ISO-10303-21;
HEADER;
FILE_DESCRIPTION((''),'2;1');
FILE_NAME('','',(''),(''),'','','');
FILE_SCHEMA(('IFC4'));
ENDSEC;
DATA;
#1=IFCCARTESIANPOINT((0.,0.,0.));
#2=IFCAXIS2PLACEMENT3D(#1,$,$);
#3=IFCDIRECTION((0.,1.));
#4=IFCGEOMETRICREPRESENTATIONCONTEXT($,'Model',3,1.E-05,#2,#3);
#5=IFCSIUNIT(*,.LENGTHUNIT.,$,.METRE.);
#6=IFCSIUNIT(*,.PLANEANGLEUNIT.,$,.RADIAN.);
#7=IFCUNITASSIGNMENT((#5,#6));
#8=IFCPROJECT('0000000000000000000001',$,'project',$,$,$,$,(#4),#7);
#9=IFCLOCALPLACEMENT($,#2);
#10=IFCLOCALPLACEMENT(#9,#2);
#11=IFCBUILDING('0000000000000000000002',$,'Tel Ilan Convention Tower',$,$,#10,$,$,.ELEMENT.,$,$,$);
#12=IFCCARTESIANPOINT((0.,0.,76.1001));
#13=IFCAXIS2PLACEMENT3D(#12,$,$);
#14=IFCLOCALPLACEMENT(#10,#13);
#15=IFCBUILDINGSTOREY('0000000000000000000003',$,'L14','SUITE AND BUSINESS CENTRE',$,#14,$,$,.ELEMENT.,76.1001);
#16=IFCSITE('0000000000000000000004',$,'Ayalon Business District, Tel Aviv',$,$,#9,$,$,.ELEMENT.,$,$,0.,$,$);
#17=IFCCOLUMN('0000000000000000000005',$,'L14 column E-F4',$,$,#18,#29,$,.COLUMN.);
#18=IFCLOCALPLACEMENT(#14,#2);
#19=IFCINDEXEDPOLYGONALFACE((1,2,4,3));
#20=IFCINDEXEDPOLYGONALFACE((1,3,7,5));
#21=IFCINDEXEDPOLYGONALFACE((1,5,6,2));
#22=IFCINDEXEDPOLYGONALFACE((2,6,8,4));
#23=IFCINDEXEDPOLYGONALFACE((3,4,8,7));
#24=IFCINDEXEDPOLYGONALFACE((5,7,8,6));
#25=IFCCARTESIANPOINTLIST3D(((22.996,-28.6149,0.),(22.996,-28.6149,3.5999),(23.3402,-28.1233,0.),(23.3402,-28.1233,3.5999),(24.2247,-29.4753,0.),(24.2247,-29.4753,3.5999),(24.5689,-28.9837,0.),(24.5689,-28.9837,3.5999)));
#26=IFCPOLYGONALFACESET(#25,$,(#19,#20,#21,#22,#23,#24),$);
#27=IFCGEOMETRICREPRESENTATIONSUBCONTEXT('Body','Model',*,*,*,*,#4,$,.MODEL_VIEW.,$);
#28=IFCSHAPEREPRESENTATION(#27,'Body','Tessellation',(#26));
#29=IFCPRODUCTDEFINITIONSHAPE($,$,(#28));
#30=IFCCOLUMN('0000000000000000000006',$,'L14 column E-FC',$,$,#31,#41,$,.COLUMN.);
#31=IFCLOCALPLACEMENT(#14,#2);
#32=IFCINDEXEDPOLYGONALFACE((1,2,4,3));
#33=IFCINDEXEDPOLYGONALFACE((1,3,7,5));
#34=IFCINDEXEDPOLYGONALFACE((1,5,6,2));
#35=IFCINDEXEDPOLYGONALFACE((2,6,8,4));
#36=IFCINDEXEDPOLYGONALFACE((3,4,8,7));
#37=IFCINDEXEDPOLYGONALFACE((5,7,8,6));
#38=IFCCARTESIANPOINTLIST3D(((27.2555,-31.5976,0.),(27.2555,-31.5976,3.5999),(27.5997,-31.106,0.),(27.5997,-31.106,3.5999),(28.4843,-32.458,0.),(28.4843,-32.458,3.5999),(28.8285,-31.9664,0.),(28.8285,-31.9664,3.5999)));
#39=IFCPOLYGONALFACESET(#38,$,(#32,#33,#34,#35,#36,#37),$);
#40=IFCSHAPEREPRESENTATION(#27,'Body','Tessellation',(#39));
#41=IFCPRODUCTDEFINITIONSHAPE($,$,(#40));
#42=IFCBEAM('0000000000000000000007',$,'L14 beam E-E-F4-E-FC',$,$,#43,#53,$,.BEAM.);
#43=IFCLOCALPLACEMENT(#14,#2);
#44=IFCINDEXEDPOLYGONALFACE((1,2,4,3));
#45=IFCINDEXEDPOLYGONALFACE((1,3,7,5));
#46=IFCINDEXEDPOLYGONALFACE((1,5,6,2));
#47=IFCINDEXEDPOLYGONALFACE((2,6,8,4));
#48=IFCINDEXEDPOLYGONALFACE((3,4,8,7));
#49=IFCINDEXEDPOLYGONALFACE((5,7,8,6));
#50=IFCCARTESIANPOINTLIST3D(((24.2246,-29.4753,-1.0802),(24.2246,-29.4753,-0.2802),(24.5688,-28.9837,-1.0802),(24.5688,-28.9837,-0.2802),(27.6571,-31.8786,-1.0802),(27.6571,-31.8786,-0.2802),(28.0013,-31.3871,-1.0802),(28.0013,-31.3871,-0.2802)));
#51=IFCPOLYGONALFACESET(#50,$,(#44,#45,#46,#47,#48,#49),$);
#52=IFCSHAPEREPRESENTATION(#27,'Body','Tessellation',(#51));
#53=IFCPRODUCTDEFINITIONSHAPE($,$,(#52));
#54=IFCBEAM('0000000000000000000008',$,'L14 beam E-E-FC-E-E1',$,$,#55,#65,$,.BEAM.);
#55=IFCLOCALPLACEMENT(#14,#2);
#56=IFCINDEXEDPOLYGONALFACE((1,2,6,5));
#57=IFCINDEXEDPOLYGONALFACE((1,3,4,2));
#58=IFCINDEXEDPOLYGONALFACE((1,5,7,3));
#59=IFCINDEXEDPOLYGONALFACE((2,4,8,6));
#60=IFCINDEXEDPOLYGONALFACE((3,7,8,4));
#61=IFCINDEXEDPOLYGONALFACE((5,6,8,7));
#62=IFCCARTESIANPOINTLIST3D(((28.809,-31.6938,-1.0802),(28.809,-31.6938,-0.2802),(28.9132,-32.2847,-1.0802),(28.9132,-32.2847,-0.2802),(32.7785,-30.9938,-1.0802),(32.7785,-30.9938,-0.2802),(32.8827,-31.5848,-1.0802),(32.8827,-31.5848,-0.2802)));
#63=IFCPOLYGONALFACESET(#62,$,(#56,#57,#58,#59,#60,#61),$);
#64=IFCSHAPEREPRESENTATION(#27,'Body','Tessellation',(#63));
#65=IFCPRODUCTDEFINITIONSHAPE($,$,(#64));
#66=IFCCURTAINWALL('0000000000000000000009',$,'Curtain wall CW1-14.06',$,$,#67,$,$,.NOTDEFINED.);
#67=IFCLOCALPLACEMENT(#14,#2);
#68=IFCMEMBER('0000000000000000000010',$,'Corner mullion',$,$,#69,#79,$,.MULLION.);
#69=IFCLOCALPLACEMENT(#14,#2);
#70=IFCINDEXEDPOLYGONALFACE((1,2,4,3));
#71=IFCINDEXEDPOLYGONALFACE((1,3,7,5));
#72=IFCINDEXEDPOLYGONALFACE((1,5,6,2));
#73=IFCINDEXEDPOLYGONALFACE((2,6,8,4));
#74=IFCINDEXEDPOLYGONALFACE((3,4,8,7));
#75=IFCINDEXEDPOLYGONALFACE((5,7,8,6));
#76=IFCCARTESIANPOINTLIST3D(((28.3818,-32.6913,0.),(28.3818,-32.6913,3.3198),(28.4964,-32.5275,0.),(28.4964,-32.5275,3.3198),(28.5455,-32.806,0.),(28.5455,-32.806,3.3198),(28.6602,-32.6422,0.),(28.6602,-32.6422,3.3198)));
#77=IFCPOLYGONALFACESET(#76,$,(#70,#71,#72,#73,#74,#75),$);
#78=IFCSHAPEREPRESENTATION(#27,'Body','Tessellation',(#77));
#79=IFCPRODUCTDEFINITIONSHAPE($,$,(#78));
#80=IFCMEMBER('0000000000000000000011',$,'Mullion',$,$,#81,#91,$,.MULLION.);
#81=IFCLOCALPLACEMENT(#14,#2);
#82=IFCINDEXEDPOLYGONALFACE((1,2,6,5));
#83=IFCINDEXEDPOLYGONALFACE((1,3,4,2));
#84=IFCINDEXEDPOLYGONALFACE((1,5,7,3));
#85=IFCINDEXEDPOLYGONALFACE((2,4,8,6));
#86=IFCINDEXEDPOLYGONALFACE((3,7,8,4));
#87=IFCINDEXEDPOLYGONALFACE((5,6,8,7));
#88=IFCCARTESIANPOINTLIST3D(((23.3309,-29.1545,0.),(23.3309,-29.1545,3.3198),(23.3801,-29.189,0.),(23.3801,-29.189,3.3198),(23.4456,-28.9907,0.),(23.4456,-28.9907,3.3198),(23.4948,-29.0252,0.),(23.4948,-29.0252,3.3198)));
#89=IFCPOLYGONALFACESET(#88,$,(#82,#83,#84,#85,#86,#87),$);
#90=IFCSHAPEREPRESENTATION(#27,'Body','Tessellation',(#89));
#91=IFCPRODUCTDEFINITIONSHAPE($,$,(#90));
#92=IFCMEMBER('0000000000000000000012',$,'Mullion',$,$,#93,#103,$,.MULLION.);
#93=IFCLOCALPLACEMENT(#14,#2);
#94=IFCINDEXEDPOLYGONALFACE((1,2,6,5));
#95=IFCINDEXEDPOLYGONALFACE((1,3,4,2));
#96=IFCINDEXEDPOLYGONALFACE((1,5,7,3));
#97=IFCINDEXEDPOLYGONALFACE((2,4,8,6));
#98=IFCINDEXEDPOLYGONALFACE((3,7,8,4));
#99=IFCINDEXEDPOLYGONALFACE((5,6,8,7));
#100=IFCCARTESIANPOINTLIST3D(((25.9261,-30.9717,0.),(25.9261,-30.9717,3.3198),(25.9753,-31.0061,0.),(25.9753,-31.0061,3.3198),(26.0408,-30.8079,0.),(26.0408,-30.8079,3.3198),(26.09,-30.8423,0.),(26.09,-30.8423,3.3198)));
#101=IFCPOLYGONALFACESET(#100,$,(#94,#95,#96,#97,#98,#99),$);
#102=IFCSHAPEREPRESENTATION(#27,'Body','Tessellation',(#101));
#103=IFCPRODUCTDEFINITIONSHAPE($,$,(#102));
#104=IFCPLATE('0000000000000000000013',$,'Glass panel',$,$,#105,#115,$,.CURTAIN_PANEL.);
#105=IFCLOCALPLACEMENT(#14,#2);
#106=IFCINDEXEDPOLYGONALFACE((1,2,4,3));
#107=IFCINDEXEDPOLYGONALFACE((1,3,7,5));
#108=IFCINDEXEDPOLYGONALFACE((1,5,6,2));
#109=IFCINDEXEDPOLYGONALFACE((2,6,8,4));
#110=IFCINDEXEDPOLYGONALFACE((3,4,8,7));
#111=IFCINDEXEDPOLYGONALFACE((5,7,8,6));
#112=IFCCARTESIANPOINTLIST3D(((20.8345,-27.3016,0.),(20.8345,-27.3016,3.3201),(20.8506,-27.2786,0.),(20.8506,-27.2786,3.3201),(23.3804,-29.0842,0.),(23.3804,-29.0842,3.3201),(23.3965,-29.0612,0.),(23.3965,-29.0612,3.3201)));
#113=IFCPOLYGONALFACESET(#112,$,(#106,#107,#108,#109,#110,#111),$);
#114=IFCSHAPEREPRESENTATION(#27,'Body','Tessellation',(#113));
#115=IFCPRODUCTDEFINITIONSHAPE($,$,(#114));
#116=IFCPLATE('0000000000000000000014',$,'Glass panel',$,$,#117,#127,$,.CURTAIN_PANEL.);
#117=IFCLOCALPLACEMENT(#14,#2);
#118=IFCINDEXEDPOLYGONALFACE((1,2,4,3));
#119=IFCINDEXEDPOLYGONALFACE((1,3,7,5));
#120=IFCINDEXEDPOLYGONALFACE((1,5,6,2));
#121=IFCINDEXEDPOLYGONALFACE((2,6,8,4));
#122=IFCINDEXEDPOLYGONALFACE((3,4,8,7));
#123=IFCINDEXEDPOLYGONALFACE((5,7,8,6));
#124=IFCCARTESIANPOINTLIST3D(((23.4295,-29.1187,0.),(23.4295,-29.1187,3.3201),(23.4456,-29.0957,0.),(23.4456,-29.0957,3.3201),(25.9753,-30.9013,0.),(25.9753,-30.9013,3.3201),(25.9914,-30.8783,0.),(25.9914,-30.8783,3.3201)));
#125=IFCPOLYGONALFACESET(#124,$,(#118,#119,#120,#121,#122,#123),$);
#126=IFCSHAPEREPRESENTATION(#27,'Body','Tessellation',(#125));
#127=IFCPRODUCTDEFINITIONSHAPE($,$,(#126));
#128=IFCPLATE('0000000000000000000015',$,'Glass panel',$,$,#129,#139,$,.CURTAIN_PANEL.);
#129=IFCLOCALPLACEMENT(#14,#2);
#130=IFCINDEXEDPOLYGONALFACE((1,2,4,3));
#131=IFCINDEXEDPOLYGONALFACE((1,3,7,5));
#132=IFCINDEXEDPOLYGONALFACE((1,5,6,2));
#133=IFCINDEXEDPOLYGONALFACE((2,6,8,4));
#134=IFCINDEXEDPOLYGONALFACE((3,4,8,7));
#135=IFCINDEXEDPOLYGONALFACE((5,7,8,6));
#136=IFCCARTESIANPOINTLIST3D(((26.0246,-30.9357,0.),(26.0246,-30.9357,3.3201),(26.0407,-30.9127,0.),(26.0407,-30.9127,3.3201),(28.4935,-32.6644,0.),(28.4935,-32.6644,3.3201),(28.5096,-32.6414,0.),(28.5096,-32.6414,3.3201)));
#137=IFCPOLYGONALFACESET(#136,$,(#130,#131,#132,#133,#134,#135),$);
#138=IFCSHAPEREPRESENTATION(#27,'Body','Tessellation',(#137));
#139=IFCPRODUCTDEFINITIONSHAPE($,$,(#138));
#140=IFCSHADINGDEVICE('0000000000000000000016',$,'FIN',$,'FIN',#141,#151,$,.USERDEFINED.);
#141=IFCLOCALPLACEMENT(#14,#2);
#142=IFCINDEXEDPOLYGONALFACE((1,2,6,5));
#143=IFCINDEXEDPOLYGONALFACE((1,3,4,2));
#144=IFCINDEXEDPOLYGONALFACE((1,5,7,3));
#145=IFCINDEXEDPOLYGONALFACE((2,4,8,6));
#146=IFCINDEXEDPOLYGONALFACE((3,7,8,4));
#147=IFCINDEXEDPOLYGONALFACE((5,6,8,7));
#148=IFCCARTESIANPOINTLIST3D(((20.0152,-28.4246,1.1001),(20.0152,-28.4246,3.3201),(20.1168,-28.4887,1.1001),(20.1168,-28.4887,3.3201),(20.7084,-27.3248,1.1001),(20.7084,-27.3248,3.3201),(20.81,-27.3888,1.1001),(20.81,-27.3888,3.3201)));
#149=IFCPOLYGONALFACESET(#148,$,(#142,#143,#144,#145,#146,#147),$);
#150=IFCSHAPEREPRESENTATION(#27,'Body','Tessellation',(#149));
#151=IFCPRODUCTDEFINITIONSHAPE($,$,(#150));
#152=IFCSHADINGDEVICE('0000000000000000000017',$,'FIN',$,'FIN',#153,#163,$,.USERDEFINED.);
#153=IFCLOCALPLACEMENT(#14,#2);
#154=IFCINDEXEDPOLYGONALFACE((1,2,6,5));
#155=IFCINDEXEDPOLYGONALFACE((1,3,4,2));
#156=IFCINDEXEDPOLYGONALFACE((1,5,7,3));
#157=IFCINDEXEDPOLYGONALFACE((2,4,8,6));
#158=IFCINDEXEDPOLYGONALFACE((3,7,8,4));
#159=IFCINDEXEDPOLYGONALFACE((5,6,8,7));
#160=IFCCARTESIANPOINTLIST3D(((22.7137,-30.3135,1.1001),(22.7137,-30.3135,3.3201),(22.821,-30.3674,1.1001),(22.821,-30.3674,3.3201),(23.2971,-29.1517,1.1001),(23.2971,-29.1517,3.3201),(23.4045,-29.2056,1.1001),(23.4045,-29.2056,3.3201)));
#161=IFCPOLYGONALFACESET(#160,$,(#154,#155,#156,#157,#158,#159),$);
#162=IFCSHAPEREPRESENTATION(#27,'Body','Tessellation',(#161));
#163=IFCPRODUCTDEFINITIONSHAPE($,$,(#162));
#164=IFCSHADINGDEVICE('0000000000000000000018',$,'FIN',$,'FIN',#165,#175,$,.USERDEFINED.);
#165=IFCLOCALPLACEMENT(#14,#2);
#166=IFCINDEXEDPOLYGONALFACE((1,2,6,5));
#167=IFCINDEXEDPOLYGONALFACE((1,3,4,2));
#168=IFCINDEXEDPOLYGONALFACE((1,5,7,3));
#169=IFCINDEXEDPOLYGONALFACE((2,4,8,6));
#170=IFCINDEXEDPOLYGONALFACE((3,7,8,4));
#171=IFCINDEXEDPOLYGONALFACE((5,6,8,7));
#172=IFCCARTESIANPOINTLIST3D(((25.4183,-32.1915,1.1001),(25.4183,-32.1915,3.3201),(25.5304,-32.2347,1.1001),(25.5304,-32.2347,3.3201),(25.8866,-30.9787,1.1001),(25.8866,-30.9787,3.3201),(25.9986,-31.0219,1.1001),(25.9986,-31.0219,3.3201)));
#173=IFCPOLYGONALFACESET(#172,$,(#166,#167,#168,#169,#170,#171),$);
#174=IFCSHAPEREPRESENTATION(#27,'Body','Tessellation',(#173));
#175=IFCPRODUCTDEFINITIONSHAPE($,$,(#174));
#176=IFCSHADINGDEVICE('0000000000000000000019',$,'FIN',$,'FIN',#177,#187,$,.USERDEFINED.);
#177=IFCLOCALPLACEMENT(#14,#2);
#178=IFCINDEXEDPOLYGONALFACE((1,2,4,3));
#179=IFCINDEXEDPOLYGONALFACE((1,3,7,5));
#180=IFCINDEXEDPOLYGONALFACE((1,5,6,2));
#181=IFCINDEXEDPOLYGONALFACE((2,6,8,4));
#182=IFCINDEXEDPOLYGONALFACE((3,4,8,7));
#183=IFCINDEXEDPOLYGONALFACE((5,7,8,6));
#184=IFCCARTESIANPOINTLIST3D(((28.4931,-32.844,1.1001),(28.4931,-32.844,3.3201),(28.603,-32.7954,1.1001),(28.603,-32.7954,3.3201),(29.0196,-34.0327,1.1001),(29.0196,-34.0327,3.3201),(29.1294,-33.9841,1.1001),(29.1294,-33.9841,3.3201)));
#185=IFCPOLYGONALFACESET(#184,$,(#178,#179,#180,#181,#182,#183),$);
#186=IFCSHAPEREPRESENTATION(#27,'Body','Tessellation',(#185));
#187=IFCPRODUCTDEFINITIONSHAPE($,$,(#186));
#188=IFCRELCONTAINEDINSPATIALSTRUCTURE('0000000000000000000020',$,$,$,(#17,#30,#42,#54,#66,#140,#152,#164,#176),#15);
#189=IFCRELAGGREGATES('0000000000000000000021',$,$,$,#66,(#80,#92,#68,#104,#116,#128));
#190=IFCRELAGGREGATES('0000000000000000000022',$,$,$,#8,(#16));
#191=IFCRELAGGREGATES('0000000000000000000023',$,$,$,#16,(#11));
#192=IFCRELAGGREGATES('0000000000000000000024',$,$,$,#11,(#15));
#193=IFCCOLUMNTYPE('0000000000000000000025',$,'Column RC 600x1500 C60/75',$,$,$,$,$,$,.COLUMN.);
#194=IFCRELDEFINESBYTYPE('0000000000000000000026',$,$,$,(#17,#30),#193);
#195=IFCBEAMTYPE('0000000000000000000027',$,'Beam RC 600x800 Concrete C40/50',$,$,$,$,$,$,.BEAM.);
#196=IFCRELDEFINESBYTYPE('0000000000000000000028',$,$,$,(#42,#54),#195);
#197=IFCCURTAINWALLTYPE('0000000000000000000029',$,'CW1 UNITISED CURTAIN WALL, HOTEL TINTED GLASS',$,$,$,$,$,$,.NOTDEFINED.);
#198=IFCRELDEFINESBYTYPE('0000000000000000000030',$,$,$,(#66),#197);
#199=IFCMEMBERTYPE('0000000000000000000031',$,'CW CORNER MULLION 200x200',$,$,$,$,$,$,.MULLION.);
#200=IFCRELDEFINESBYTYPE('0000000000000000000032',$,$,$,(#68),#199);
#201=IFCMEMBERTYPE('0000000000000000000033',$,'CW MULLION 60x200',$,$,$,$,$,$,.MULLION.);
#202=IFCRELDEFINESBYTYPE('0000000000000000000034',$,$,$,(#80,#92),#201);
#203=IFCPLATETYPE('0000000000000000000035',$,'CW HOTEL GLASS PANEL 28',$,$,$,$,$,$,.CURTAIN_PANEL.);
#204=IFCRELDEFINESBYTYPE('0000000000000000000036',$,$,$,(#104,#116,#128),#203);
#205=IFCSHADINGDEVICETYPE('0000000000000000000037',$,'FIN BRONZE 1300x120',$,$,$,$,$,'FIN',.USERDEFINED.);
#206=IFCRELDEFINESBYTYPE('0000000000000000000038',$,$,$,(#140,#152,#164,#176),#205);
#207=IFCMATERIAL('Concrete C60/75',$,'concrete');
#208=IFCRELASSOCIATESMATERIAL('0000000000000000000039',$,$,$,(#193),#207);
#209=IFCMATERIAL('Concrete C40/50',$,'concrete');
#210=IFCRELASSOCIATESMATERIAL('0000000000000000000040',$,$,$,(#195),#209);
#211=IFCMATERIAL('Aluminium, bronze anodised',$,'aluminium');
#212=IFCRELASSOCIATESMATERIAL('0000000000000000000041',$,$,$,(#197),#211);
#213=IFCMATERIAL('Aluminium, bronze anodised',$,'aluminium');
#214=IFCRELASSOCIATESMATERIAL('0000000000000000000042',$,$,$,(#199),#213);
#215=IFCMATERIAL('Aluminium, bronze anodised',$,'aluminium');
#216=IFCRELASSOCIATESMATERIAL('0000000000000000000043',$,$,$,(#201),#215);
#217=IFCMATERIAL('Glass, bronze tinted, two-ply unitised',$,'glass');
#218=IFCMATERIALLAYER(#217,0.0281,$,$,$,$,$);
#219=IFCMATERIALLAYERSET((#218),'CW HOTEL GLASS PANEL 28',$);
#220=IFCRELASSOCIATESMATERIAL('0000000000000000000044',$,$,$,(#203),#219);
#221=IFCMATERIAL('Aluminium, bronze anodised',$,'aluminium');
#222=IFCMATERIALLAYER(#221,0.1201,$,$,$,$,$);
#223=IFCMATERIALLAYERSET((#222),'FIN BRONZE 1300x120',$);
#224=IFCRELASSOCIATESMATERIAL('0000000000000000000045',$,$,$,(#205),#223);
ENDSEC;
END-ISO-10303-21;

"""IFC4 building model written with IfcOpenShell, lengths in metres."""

from ifc_helpers import new_model, si_unit, direction, frame, origin, origin_2d, place, context, subcontext, project, spatial, rectangle, extrude, material, layer, layer_set, material_profile, profile_set, type_object, element, aggregate, save


model = new_model("IFC4")

# Units and contexts
model_context = context("Model", 3, precision=1e-05, world=origin(), true_north=direction((0.0, 1.0)))
body_context = subcontext(model_context, "Body", "Model", "MODEL_VIEW")
ifc_project = project(units=[si_unit("LENGTHUNIT", "METRE"), si_unit("PLANEANGLEUNIT", "RADIAN")], contexts=[model_context])

# Site, building, storey
site_placement = place(None, origin())
site = spatial("IfcSite", under=ifc_project, at=site_placement, Name="Ayalon Business District, Tel Aviv", CompositionType="ELEMENT", RefElevation=0.0)
building_placement = place(site_placement, origin())
building = spatial("IfcBuilding", under=site, at=building_placement, Name="Tel Ilan Convention Tower", CompositionType="ELEMENT")
storey_placement = place(building_placement, frame((0.0, 0.0, 76.1001)))
storey = spatial("IfcBuildingStorey", under=building, at=storey_placement, Name="L14", Description="SUITE AND BUSINESS CENTRE", CompositionType="ELEMENT", Elevation=76.1001)

# Columns
ifc_material_1 = material(Name="Concrete C60/75", Category="concrete")
ifc_material_profile_1 = material_profile(ifc_material_1, rectangle(XDim=1.5, YDim=0.6001, at=origin_2d()), Name="RC 600x1500")
ifc_profile_set_1 = profile_set([ifc_material_profile_1], Name="Concrete C60/75")
column_type = type_object("IfcColumnType", Name="Column RC 600x1500 C60/75", PredefinedType="COLUMN", material=ifc_profile_set_1)
for number, where, z_axis, x_axis, name in (
    (1, (23.7825, -28.7993, 0.0), (0.0, 0.0, 1.0), (0.819152, -0.573576, 0.0), "L14 column E-F4"),
    (2, (28.042, -31.782, 0.0), (0.0, 0.0, 1.0), (0.819152, -0.573576, 0.0), "L14 column E-FC"),
):
    element("IfcColumn", number, at=place(storey_placement, frame(where, z_axis=z_axis, x_axis=x_axis)), inside=storey, type_object=column_type, Name=name, PredefinedType="COLUMN", context=body_context, shape_type="SweptSolid", body=[
        extrude(rectangle(XDim=1.5, YDim=0.6001, at=origin_2d()), origin(), (0.0, 0.0, 1.0), 3.5999),
    ])

# Beams
ifc_material_2 = material(Name="Concrete C40/50", Category="concrete")
ifc_material_profile_2 = material_profile(ifc_material_2, rectangle(XDim=0.6001, YDim=0.8, at=origin_2d()), Name="RC 600x800")
ifc_profile_set_2 = profile_set([ifc_material_profile_2], Name="Concrete C40/50")
beam_type = type_object("IfcBeamType", Name="Beam RC 600x800 Concrete C40/50", PredefinedType="BEAM", material=ifc_profile_set_2)
beam_1_placement = place(storey_placement, frame((24.3967, -29.2295, -0.6802), z_axis=(0.819158, -0.573568, 0.0), x_axis=(0.573568, 0.819158, 0.0)))
element("IfcBeam", 3, at=beam_1_placement, inside=storey, type_object=beam_type, Name="L14 beam E-E-F4-E-FC", PredefinedType="BEAM", context=body_context, shape_type="SweptSolid", body=[
    extrude(rectangle(XDim=0.6001, YDim=0.8, at=origin_2d()), origin(), (0.0, 0.0, 1.0), 4.1902),
])
beam_2_placement = place(storey_placement, frame((28.8611, -31.9893, -0.6802), z_axis=(0.984807, 0.173654, 0.0), x_axis=(-0.173654, 0.984807, 0.0)))
element("IfcBeam", 4, at=beam_2_placement, inside=storey, type_object=beam_type, Name="L14 beam E-E-FC-E-E1", PredefinedType="BEAM", context=body_context, shape_type="SweptSolid", body=[
    extrude(rectangle(XDim=0.6001, YDim=0.8, at=origin_2d()), origin(), (0.0, 0.0, 1.0), 4.0308),
])

# Curtain wall, members, plates
ifc_material_3 = material(Name="Aluminium, bronze anodised", Category="aluminium")
curtain_wall_type = type_object("IfcCurtainWallType", Name="CW1 UNITISED CURTAIN WALL, HOTEL TINTED GLASS", PredefinedType="NOTDEFINED", material=ifc_material_3)
curtain_wall_placement = place(storey_placement, origin())
curtain_wall = element("IfcCurtainWall", 5, at=curtain_wall_placement, inside=storey, type_object=curtain_wall_type, Name="Curtain wall CW1-14.06", PredefinedType="NOTDEFINED")
ifc_material_4 = material(Name="Aluminium, bronze anodised", Category="aluminium")
ifc_material_profile_3 = material_profile(ifc_material_4, rectangle(XDim=0.2, YDim=0.2, at=origin_2d()), Name="CW CORNER MULLION 200x200")
ifc_profile_set_3 = profile_set([ifc_material_profile_3], Name="Aluminium, bronze anodised")
member_type_1 = type_object("IfcMemberType", Name="CW CORNER MULLION 200x200", PredefinedType="MULLION", material=ifc_profile_set_3)
member_1_placement = place(storey_placement, frame((28.521, -32.6667, 0.0), z_axis=(0.0, 0.0, 1.0), x_axis=(0.819152, -0.573576, 0.0)))
member_1 = element("IfcMember", 6, at=member_1_placement, type_object=member_type_1, Name="Corner mullion", PredefinedType="MULLION", context=body_context, shape_type="SweptSolid", body=[
    extrude(rectangle(XDim=0.2, YDim=0.2, at=origin_2d()), origin(), (0.0, 0.0, 1.0), 3.3198),
])
ifc_material_5 = material(Name="Aluminium, bronze anodised", Category="aluminium")
ifc_material_profile_4 = material_profile(ifc_material_5, rectangle(XDim=0.0601, YDim=0.2, at=origin_2d()), Name="CW MULLION 60x200")
ifc_profile_set_4 = profile_set([ifc_material_profile_4], Name="Aluminium, bronze anodised")
member_type_2 = type_object("IfcMemberType", Name="CW MULLION 60x200", PredefinedType="MULLION", material=ifc_profile_set_4)
member_2_placement = place(storey_placement, frame((23.4128, -29.0898, 0.0), z_axis=(0.0, 0.0, 1.0), x_axis=(0.819152, -0.573576, 0.0)))
member_2 = element("IfcMember", 7, at=member_2_placement, type_object=member_type_2, Name="Mullion", PredefinedType="MULLION", context=body_context, shape_type="SweptSolid", body=[
    extrude(rectangle(XDim=0.0601, YDim=0.2, at=origin_2d()), origin(), (0.0, 0.0, 1.0), 3.3198),
])
member_3_placement = place(storey_placement, frame((26.0081, -30.907, 0.0), z_axis=(0.0, 0.0, 1.0), x_axis=(0.819152, -0.573576, 0.0)))
member_3 = element("IfcMember", 8, at=member_3_placement, type_object=member_type_2, Name="Mullion", PredefinedType="MULLION", context=body_context, shape_type="SweptSolid", body=[
    extrude(rectangle(XDim=0.0601, YDim=0.2, at=origin_2d()), origin(), (0.0, 0.0, 1.0), 3.3198),
])
ifc_material_6 = material(Name="Glass, bronze tinted, two-ply unitised", Category="glass")
ifc_layer_1 = layer(ifc_material_6, 0.0281)
ifc_layer_set_1 = layer_set([ifc_layer_1], Name="CW HOTEL GLASS PANEL 28")
plate_type = type_object("IfcPlateType", Name="CW HOTEL GLASS PANEL 28", PredefinedType="CURTAIN_PANEL", material=ifc_layer_set_1)
plate_1_placement = place(storey_placement, frame((22.1155, -28.1814, 0.0), z_axis=(0.0, 0.0, 1.0), x_axis=(0.819152, -0.573576, 0.0)))
plate_1 = element("IfcPlate", 9, at=plate_1_placement, type_object=plate_type, Name="Glass panel", PredefinedType="CURTAIN_PANEL", context=body_context, shape_type="SweptSolid", body=[
    extrude(rectangle(XDim=3.1079, YDim=0.0281, at=origin_2d()), origin(), (0.0, 0.0, 1.0), 3.3201),
])
plate_2_placement = place(storey_placement, frame((24.7104, -29.9985, 0.0), z_axis=(0.0, 0.0, 1.0), x_axis=(0.819152, -0.573576, 0.0)))
plate_2 = element("IfcPlate", 10, at=plate_2_placement, type_object=plate_type, Name="Glass panel", PredefinedType="CURTAIN_PANEL", context=body_context, shape_type="SweptSolid", body=[
    extrude(rectangle(XDim=3.1079, YDim=0.0281, at=origin_2d()), origin(), (0.0, 0.0, 1.0), 3.3201),
])
plate_3_placement = place(storey_placement, frame((27.2671, -31.7886, 0.0), z_axis=(0.0, 0.0, 1.0), x_axis=(0.819152, -0.573576, 0.0)))
plate_3 = element("IfcPlate", 11, at=plate_3_placement, type_object=plate_type, Name="Glass panel", PredefinedType="CURTAIN_PANEL", context=body_context, shape_type="SweptSolid", body=[
    extrude(rectangle(XDim=3.0139, YDim=0.0281, at=origin_2d()), origin(), (0.0, 0.0, 1.0), 3.3201),
])
aggregate(curtain_wall, [member_2, member_3, member_1, plate_1, plate_2, plate_3])

# Shading devices
ifc_material_7 = material(Name="Aluminium, bronze anodised", Category="aluminium")
ifc_layer_2 = layer(ifc_material_7, 0.1201)
ifc_layer_set_2 = layer_set([ifc_layer_2], Name="FIN BRONZE 1300x120")
shading_device_type = type_object("IfcShadingDeviceType", Name="FIN BRONZE 1300x120", ElementType="FIN", PredefinedType="USERDEFINED", material=ifc_layer_set_2)
for number, where, z_axis, x_axis, name in (
    (12, (20.4126, -27.9067, 1.1001), (0.0, 0.0, 1.0), (-0.533204, -0.845986, 0.0), "FIN"),
    (13, (23.0591, -29.7595, 1.1001), (0.0, 0.0, 1.0), (-0.448799, -0.893633, 0.0), "FIN"),
    (14, (25.7085, -31.6067, 1.1001), (0.0, 0.0, 1.0), (-0.360178, -0.932884, 0.0), "FIN"),
    (15, (28.8113, -33.4141, 1.1001), (0.0, 0.0, 1.0), (0.404964, -0.914333, 0.0), "FIN"),
):
    element("IfcShadingDevice", number, at=place(storey_placement, frame(where, z_axis=z_axis, x_axis=x_axis)), inside=storey, type_object=shading_device_type, Name=name, ObjectType="FIN", PredefinedType="USERDEFINED", context=body_context, shape_type="SweptSolid", body=[
        extrude(rectangle(XDim=1.3, YDim=0.1201, at=origin_2d()), origin(), (0.0, 0.0, 1.0), 2.22),
    ])

save(model, "model.ifc")
